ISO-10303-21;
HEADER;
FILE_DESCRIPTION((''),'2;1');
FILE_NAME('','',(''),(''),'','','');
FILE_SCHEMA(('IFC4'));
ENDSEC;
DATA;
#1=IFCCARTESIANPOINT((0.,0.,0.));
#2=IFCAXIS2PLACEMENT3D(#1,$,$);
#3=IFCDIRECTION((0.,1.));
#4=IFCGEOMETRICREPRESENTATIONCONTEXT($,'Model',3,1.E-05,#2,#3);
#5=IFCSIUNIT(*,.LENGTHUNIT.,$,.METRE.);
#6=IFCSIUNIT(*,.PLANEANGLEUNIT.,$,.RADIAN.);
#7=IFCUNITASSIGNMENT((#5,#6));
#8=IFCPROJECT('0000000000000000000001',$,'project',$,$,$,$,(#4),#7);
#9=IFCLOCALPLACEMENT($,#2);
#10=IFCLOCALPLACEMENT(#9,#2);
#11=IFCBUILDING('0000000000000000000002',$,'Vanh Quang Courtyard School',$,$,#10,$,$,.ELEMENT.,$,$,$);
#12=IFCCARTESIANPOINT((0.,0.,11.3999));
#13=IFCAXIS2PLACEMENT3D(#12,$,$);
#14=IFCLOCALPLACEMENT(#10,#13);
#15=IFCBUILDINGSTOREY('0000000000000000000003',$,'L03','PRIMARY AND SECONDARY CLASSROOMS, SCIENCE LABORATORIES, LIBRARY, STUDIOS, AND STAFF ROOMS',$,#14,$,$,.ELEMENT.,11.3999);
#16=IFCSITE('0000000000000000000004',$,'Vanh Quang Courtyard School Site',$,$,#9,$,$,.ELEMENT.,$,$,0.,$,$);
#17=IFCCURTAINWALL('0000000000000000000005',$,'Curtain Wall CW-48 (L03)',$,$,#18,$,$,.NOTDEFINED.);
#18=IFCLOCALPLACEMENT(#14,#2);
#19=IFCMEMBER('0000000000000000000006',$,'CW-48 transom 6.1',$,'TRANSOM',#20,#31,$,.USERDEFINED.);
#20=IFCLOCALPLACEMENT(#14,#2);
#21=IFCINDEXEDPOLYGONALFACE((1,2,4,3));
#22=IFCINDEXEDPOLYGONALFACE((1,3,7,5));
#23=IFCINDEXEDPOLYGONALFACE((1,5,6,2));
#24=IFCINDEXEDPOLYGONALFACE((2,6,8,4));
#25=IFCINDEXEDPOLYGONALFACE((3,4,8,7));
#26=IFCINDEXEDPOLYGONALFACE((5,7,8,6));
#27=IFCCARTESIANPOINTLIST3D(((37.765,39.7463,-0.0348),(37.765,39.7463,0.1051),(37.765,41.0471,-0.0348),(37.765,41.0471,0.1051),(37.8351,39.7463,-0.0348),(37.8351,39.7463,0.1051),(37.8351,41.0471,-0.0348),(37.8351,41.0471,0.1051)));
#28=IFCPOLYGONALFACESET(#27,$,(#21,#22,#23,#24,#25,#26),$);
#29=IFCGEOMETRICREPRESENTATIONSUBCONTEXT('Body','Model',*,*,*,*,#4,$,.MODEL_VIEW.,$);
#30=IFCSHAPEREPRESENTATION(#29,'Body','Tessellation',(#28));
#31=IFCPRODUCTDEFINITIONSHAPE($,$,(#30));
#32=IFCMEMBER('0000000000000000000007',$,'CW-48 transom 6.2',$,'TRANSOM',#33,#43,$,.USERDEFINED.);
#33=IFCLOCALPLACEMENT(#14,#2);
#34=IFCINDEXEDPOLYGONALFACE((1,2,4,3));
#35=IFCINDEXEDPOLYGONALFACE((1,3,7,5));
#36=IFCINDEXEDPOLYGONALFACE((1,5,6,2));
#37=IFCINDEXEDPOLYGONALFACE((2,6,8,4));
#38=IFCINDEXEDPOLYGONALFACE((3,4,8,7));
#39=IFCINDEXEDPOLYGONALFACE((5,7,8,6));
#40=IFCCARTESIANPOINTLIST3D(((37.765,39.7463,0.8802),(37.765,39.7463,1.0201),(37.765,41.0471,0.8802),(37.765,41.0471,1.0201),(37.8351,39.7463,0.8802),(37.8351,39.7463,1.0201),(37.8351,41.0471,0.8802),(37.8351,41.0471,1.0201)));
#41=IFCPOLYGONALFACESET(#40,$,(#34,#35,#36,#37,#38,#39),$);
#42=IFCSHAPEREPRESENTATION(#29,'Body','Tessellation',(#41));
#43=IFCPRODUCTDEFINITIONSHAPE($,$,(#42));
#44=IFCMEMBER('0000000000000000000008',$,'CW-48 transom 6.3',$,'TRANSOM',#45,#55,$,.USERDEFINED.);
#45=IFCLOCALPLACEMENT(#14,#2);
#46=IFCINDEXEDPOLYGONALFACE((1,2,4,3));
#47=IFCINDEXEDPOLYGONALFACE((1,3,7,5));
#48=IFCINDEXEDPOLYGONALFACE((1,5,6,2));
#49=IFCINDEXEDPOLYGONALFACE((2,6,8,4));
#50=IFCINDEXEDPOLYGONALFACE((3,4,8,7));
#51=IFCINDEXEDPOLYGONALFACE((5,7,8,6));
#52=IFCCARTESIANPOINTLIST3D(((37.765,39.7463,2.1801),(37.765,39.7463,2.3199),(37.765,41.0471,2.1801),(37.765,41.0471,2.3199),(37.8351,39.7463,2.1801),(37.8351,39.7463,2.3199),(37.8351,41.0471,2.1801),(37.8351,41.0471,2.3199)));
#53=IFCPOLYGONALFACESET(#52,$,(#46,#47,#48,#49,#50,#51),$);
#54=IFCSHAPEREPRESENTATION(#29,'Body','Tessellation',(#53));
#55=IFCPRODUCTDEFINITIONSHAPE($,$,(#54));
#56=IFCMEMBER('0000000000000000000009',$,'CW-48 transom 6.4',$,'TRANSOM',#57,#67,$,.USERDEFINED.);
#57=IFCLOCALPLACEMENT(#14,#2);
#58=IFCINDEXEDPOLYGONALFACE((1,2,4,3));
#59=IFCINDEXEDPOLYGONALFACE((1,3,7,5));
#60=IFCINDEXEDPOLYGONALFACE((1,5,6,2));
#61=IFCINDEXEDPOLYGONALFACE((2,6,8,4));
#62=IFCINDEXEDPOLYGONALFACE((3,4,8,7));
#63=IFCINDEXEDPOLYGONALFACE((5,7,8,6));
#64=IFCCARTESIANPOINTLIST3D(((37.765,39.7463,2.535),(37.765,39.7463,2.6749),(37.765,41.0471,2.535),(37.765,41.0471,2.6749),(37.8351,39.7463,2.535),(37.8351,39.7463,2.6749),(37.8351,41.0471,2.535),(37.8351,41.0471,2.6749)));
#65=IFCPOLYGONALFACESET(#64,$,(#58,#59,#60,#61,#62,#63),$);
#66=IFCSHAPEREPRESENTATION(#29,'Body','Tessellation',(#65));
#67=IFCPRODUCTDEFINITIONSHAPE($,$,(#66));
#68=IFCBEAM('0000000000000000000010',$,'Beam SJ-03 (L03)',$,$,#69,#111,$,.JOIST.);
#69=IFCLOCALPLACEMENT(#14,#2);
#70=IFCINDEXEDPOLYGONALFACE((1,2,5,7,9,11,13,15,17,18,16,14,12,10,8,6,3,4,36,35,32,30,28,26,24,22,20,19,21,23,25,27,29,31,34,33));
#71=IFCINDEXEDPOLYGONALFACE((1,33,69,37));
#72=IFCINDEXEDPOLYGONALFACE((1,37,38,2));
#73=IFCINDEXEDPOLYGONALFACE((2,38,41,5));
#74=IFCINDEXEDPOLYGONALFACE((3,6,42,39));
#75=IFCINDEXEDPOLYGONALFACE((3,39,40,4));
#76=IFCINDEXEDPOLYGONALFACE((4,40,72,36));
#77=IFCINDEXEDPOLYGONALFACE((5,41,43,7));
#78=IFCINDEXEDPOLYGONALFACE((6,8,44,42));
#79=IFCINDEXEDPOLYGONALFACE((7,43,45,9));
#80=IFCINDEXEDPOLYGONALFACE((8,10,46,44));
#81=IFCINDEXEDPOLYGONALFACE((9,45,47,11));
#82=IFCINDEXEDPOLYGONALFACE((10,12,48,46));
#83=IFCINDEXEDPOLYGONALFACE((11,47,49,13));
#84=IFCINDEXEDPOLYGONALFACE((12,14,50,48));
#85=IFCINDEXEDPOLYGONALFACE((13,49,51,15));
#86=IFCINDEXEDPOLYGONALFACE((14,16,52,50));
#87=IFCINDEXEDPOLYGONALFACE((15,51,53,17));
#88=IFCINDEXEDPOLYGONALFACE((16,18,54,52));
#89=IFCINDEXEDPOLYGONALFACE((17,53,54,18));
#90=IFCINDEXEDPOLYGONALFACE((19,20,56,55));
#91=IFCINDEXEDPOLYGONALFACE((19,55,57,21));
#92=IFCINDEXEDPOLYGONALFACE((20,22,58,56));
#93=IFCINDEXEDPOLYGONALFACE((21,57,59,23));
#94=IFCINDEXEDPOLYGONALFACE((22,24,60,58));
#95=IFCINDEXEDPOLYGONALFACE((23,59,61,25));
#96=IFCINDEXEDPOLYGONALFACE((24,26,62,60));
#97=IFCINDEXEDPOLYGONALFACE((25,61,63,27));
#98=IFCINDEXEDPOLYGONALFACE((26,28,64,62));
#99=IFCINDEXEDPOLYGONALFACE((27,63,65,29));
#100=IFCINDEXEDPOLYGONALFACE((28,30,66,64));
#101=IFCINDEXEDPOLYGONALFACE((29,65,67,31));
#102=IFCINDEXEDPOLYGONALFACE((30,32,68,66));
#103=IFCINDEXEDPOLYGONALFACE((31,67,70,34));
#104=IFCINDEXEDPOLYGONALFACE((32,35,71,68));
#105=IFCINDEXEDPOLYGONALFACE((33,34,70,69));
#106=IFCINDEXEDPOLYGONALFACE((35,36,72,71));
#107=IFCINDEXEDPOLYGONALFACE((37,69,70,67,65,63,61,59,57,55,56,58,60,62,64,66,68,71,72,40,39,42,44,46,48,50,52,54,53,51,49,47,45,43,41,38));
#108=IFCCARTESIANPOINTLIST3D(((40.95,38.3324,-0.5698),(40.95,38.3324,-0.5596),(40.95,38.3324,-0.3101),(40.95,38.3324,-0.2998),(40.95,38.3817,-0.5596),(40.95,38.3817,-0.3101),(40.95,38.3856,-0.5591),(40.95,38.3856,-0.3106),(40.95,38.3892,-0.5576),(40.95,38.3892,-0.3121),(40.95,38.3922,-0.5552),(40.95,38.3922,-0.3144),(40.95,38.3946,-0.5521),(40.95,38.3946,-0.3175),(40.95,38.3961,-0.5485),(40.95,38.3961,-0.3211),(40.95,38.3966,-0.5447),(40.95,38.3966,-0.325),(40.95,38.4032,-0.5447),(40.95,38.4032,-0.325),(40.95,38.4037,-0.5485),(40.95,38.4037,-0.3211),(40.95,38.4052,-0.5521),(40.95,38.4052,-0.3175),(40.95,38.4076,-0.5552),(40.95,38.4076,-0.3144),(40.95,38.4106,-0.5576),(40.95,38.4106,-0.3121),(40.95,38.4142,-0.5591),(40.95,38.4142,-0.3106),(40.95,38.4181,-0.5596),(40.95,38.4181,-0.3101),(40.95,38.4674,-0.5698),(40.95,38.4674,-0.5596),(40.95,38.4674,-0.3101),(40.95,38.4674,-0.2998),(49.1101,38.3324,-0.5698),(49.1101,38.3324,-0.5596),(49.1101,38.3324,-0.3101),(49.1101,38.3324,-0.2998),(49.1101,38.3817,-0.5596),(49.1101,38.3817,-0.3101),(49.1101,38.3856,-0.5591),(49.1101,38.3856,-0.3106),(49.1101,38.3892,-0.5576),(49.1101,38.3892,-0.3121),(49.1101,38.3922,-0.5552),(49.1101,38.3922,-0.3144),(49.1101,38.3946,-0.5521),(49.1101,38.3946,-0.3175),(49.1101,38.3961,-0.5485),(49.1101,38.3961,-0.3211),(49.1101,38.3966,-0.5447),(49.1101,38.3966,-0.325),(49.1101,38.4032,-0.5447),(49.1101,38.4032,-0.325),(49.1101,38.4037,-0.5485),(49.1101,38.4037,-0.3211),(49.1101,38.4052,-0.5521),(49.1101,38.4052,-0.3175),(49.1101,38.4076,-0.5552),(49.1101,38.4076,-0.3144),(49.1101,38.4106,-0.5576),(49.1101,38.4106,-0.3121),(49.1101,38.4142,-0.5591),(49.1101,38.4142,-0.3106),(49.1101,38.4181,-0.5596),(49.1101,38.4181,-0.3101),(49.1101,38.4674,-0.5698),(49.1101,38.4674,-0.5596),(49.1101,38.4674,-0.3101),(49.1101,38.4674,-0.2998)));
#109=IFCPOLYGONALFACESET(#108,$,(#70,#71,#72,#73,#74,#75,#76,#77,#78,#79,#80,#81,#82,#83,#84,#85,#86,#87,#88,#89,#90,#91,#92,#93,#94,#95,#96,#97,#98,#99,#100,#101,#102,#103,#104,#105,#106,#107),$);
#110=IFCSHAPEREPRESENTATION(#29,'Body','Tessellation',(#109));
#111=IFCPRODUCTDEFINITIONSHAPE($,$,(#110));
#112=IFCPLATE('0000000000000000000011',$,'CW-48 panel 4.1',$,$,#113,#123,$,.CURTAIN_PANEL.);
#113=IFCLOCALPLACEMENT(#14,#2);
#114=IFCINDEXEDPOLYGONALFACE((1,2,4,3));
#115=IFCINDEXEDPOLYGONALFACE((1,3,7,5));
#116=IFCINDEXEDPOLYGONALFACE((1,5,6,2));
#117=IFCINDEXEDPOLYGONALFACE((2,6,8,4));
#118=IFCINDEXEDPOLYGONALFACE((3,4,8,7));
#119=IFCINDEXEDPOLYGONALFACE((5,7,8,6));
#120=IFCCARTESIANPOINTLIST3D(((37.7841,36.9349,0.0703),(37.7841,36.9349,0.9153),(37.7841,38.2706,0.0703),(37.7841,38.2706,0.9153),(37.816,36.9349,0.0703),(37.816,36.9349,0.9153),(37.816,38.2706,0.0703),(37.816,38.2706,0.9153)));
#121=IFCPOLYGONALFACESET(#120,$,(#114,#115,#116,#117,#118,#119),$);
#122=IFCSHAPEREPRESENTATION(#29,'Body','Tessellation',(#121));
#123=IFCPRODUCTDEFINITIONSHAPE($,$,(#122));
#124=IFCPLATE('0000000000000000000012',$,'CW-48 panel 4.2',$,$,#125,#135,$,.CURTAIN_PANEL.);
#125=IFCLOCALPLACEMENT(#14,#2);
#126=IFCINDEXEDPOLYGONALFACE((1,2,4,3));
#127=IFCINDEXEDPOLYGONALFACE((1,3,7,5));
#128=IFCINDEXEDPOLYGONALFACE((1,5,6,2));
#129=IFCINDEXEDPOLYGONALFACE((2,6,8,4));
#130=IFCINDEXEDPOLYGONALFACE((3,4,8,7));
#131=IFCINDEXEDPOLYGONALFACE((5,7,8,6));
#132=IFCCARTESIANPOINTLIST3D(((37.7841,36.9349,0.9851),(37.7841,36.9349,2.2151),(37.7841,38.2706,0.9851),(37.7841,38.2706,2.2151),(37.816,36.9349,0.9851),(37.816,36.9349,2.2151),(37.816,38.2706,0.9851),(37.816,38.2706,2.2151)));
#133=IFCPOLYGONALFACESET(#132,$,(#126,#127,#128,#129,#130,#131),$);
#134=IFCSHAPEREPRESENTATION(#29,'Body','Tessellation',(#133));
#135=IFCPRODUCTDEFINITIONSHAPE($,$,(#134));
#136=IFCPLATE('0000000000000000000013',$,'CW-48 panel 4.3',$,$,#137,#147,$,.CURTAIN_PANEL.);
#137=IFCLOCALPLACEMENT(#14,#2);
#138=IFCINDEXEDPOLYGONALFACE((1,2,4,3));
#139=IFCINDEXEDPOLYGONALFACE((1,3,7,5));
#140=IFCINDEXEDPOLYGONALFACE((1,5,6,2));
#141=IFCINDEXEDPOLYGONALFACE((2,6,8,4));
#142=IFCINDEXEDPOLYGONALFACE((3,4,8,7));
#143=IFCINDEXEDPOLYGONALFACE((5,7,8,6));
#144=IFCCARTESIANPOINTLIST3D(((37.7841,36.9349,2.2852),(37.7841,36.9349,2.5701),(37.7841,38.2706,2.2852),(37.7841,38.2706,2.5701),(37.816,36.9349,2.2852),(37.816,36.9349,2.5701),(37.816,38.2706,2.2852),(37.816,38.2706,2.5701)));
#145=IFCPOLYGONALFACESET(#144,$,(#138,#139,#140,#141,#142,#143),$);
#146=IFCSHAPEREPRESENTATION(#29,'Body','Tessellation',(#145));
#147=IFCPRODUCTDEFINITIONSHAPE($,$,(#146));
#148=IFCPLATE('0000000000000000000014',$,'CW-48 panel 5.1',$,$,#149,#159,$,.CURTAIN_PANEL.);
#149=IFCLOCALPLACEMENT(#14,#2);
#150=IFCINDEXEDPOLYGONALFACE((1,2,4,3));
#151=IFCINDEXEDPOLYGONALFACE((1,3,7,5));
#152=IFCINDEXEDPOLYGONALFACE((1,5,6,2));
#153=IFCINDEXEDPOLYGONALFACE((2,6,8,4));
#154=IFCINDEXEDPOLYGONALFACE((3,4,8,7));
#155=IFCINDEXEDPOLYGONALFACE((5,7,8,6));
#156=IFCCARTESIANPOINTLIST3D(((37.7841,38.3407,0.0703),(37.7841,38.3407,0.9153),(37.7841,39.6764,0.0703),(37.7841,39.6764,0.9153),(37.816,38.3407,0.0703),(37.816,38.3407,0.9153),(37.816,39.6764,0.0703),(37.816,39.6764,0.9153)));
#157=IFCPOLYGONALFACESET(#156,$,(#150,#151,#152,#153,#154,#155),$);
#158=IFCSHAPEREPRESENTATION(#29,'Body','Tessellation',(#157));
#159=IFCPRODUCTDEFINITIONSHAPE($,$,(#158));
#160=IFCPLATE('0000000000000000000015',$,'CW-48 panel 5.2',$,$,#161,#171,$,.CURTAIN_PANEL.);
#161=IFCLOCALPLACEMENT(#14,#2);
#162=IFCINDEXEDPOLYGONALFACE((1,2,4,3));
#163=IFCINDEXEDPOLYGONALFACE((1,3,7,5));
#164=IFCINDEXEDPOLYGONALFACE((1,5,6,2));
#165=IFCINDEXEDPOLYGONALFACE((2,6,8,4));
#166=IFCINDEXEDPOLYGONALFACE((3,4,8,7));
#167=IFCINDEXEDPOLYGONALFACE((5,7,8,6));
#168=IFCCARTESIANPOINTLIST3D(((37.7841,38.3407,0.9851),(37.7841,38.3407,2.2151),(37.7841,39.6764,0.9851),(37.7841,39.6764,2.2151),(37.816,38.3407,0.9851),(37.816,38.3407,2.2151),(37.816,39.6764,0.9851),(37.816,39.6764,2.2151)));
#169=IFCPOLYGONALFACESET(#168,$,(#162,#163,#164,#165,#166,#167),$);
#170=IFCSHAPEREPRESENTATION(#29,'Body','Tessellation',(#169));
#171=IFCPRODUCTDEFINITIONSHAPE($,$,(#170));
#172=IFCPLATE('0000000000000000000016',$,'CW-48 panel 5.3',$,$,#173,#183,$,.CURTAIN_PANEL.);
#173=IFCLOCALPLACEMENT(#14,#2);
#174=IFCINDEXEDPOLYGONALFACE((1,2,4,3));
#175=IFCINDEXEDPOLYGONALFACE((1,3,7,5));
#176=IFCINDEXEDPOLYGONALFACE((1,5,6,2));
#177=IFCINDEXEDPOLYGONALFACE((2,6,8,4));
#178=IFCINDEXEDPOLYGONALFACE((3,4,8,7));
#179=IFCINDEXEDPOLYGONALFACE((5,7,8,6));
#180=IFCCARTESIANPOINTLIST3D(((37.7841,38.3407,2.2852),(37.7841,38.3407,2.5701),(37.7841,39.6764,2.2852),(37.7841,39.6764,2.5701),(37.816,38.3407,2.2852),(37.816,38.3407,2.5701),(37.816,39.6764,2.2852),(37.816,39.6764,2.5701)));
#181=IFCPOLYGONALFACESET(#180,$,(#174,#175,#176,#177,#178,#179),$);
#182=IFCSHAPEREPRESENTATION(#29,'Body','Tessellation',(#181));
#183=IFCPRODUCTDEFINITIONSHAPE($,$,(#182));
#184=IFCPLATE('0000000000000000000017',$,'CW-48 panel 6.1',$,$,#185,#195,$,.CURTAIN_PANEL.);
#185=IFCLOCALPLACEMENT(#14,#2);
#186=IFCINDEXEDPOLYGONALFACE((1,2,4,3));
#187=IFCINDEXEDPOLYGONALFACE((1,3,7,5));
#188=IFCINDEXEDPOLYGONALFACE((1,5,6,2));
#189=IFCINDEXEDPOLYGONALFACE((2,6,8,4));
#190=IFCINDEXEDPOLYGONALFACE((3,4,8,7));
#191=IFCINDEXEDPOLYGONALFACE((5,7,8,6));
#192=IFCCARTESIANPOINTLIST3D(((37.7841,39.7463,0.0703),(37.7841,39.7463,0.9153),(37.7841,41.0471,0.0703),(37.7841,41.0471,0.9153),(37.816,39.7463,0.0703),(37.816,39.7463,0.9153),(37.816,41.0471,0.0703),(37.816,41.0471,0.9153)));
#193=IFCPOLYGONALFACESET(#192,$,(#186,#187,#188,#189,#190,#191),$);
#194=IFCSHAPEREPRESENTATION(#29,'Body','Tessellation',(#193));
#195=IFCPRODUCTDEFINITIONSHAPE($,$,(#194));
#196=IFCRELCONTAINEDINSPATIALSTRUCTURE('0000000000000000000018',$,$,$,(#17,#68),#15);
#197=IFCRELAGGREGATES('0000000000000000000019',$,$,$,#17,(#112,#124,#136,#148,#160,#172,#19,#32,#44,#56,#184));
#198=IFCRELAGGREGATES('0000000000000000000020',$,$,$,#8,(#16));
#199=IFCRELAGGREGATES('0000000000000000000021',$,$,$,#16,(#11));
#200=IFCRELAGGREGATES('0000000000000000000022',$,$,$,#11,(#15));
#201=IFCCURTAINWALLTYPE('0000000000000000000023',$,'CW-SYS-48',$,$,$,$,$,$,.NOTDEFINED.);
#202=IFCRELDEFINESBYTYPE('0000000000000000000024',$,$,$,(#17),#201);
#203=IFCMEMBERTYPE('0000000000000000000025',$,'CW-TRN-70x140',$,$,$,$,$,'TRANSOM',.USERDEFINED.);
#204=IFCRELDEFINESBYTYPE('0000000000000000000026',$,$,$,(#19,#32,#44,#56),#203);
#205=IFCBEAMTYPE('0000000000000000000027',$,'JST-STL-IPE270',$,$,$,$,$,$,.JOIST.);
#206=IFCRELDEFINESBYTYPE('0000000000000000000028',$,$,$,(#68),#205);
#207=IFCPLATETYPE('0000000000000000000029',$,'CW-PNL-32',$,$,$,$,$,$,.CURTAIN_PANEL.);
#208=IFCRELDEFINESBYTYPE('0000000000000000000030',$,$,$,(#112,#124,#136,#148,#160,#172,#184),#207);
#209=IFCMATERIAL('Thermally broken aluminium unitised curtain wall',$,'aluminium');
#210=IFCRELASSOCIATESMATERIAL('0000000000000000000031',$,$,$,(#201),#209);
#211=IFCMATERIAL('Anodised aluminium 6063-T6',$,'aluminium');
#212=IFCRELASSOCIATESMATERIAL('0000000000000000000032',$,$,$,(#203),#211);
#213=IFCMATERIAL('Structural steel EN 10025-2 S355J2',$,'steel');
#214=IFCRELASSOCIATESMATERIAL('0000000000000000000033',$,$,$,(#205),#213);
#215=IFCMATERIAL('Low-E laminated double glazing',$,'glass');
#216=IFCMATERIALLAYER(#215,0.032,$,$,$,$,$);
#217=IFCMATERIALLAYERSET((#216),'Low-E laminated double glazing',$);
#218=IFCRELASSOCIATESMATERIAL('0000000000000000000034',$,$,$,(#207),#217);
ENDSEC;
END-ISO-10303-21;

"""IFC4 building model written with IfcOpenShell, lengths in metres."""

from ifc_helpers import new_model, si_unit, direction, frame, origin, origin_2d, place, context, subcontext, project, spatial, rectangle, i_section, extrude, material, layer, layer_set, material_profile, profile_set, type_object, element, aggregate, save


model = new_model("IFC4")

# Units and contexts
model_context = context("Model", 3, precision=1e-05, world=origin(), true_north=direction((0.0, 1.0)))
body_context = subcontext(model_context, "Body", "Model", "MODEL_VIEW")
ifc_project = project(units=[si_unit("LENGTHUNIT", "METRE"), si_unit("PLANEANGLEUNIT", "RADIAN")], contexts=[model_context])

# Site, building, storey
site_placement = place(None, origin())
site = spatial("IfcSite", under=ifc_project, at=site_placement, Name="Vanh Quang Courtyard School Site", CompositionType="ELEMENT", RefElevation=0.0)
building_placement = place(site_placement, origin())
building = spatial("IfcBuilding", under=site, at=building_placement, Name="Vanh Quang Courtyard School", CompositionType="ELEMENT")
storey_placement = place(building_placement, frame((0.0, 0.0, 11.3999)))
storey = spatial("IfcBuildingStorey", under=building, at=storey_placement, Name="L03", Description="PRIMARY AND SECONDARY CLASSROOMS, SCIENCE LABORATORIES, LIBRARY, STUDIOS, AND STAFF ROOMS", CompositionType="ELEMENT", Elevation=11.3999)

# Curtain wall, members
ifc_material_1 = material(Name="Thermally broken aluminium unitised curtain wall", Category="aluminium")
curtain_wall_type = type_object("IfcCurtainWallType", Name="CW-SYS-48", PredefinedType="NOTDEFINED", material=ifc_material_1)
curtain_wall_placement = place(storey_placement, origin())
curtain_wall = element("IfcCurtainWall", 1, at=curtain_wall_placement, inside=storey, type_object=curtain_wall_type, Name="Curtain Wall CW-48 (L03)", PredefinedType="NOTDEFINED")
ifc_material_2 = material(Name="Anodised aluminium 6063-T6", Category="aluminium")
ifc_material_profile_1 = material_profile(ifc_material_2, rectangle(XDim=0.0701, YDim=0.1399, at=origin_2d()), Name="ALU-TRN 70x140")
ifc_profile_set_1 = profile_set([ifc_material_profile_1], Name="Anodised aluminium 6063-T6")
member_type_1 = type_object("IfcMemberType", Name="CW-TRN-70x140", ElementType="TRANSOM", PredefinedType="USERDEFINED", material=ifc_profile_set_1)
member_1_placement = place(storey_placement, frame((37.8, 39.7463, 0.0352), z_axis=(0.0, 1.0, 0.0), x_axis=(-1.0, 0.0, 0.0)))
member_1 = element("IfcMember", 2, at=member_1_placement, type_object=member_type_1, Name="CW-48 transom 6.1", ObjectType="TRANSOM", PredefinedType="USERDEFINED", context=body_context, shape_type="SweptSolid", body=[
    extrude(rectangle(XDim=0.0701, YDim=0.1399, at=origin_2d()), origin(), (0.0, 0.0, 1.0), 1.3008),
])
member_2_placement = place(storey_placement, frame((37.8, 39.7463, 0.9502), z_axis=(0.0, 1.0, 0.0), x_axis=(-1.0, 0.0, 0.0)))
member_2 = element("IfcMember", 3, at=member_2_placement, type_object=member_type_1, Name="CW-48 transom 6.2", ObjectType="TRANSOM", PredefinedType="USERDEFINED", context=body_context, shape_type="SweptSolid", body=[
    extrude(rectangle(XDim=0.0701, YDim=0.1399, at=origin_2d()), origin(), (0.0, 0.0, 1.0), 1.3008),
])
member_3_placement = place(storey_placement, frame((37.8, 39.7463, 2.25), z_axis=(0.0, 1.0, 0.0), x_axis=(-1.0, 0.0, 0.0)))
member_3 = element("IfcMember", 4, at=member_3_placement, type_object=member_type_1, Name="CW-48 transom 6.3", ObjectType="TRANSOM", PredefinedType="USERDEFINED", context=body_context, shape_type="SweptSolid", body=[
    extrude(rectangle(XDim=0.0701, YDim=0.1399, at=origin_2d()), origin(), (0.0, 0.0, 1.0), 1.3008),
])
member_4_placement = place(storey_placement, frame((37.8, 39.7463, 2.605), z_axis=(0.0, 1.0, 0.0), x_axis=(-1.0, 0.0, 0.0)))
member_4 = element("IfcMember", 5, at=member_4_placement, type_object=member_type_1, Name="CW-48 transom 6.4", ObjectType="TRANSOM", PredefinedType="USERDEFINED", context=body_context, shape_type="SweptSolid", body=[
    extrude(rectangle(XDim=0.0701, YDim=0.1399, at=origin_2d()), origin(), (0.0, 0.0, 1.0), 1.3008),
])

# Beam
ifc_material_3 = material(Name="Structural steel EN 10025-2 S355J2", Category="steel")
ifc_material_profile_2 = material_profile(ifc_material_3, i_section(OverallWidth=0.135, OverallDepth=0.27, WebThickness=0.0066, FlangeThickness=0.0103, FilletRadius=0.0149, at=origin_2d()), Name="IPE 270")
ifc_profile_set_2 = profile_set([ifc_material_profile_2], Name="Structural steel EN 10025-2 S355J2")
beam_type_1 = type_object("IfcBeamType", Name="JST-STL-IPE270", PredefinedType="JOIST", material=ifc_profile_set_2)
beam_1_placement = place(storey_placement, frame((40.95, 38.3999, -0.4348), z_axis=(1.0, 0.0, 0.0), x_axis=(0.0, 1.0, 0.0)))
element("IfcBeam", 6, at=beam_1_placement, inside=storey, type_object=beam_type_1, Name="Beam SJ-03 (L03)", PredefinedType="JOIST", context=body_context, shape_type="SweptSolid", body=[
    extrude(i_section(OverallWidth=0.135, OverallDepth=0.27, WebThickness=0.0066, FlangeThickness=0.0103, FilletRadius=0.0149, at=origin_2d()), origin(), (0.0, 0.0, 1.0), 8.1602),
])

# Plates
ifc_material_4 = material(Name="Low-E laminated double glazing", Category="glass")
ifc_layer = layer(ifc_material_4, 0.032)
ifc_layer_set = layer_set([ifc_layer], Name="Low-E laminated double glazing")
plate_type = type_object("IfcPlateType", Name="CW-PNL-32", PredefinedType="CURTAIN_PANEL", material=ifc_layer_set)
plate_1_placement = place(storey_placement, frame((37.8, 37.6028, 0.0703), z_axis=(0.0, 0.0, 1.0), x_axis=(0.0, 1.0, 0.0)))
plate_1 = element("IfcPlate", 7, at=plate_1_placement, type_object=plate_type, Name="CW-48 panel 4.1", PredefinedType="CURTAIN_PANEL", context=body_context, shape_type="SweptSolid", body=[
    extrude(rectangle(XDim=1.3357, YDim=0.032, at=origin_2d()), origin(), (0.0, 0.0, 1.0), 0.845),
])
plate_2_placement = place(storey_placement, frame((37.8, 37.6028, 0.9851), z_axis=(0.0, 0.0, 1.0), x_axis=(0.0, 1.0, 0.0)))
plate_2 = element("IfcPlate", 8, at=plate_2_placement, type_object=plate_type, Name="CW-48 panel 4.2", PredefinedType="CURTAIN_PANEL", context=body_context, shape_type="SweptSolid", body=[
    extrude(rectangle(XDim=1.3357, YDim=0.032, at=origin_2d()), origin(), (0.0, 0.0, 1.0), 1.23),
])
plate_3_placement = place(storey_placement, frame((37.8, 37.6028, 2.2852), z_axis=(0.0, 0.0, 1.0), x_axis=(0.0, 1.0, 0.0)))
plate_3 = element("IfcPlate", 9, at=plate_3_placement, type_object=plate_type, Name="CW-48 panel 4.3", PredefinedType="CURTAIN_PANEL", context=body_context, shape_type="SweptSolid", body=[
    extrude(rectangle(XDim=1.3357, YDim=0.032, at=origin_2d()), origin(), (0.0, 0.0, 1.0), 0.2849),
])
plate_4_placement = place(storey_placement, frame((37.8, 39.0085, 0.0703), z_axis=(0.0, 0.0, 1.0), x_axis=(0.0, 1.0, 0.0)))
plate_4 = element("IfcPlate", 10, at=plate_4_placement, type_object=plate_type, Name="CW-48 panel 5.1", PredefinedType="CURTAIN_PANEL", context=body_context, shape_type="SweptSolid", body=[
    extrude(rectangle(XDim=1.3357, YDim=0.032, at=origin_2d()), origin(), (0.0, 0.0, 1.0), 0.845),
])
plate_5_placement = place(storey_placement, frame((37.8, 39.0085, 0.9851), z_axis=(0.0, 0.0, 1.0), x_axis=(0.0, 1.0, 0.0)))
plate_5 = element("IfcPlate", 11, at=plate_5_placement, type_object=plate_type, Name="CW-48 panel 5.2", PredefinedType="CURTAIN_PANEL", context=body_context, shape_type="SweptSolid", body=[
    extrude(rectangle(XDim=1.3357, YDim=0.032, at=origin_2d()), origin(), (0.0, 0.0, 1.0), 1.23),
])
plate_6_placement = place(storey_placement, frame((37.8, 39.0085, 2.2852), z_axis=(0.0, 0.0, 1.0), x_axis=(0.0, 1.0, 0.0)))
plate_6 = element("IfcPlate", 12, at=plate_6_placement, type_object=plate_type, Name="CW-48 panel 5.3", PredefinedType="CURTAIN_PANEL", context=body_context, shape_type="SweptSolid", body=[
    extrude(rectangle(XDim=1.3357, YDim=0.032, at=origin_2d()), origin(), (0.0, 0.0, 1.0), 0.2849),
])
plate_7_placement = place(storey_placement, frame((37.8, 40.3967, 0.0703), z_axis=(0.0, 0.0, 1.0), x_axis=(0.0, 1.0, 0.0)))
plate_7 = element("IfcPlate", 13, at=plate_7_placement, type_object=plate_type, Name="CW-48 panel 6.1", PredefinedType="CURTAIN_PANEL", context=body_context, shape_type="SweptSolid", body=[
    extrude(rectangle(XDim=1.3008, YDim=0.032, at=origin_2d()), origin(), (0.0, 0.0, 1.0), 0.845),
])
aggregate(curtain_wall, [plate_1, plate_2, plate_3, plate_4, plate_5, plate_6, member_1, member_2, member_3, member_4, plate_7])

save(model, "model.ifc")
